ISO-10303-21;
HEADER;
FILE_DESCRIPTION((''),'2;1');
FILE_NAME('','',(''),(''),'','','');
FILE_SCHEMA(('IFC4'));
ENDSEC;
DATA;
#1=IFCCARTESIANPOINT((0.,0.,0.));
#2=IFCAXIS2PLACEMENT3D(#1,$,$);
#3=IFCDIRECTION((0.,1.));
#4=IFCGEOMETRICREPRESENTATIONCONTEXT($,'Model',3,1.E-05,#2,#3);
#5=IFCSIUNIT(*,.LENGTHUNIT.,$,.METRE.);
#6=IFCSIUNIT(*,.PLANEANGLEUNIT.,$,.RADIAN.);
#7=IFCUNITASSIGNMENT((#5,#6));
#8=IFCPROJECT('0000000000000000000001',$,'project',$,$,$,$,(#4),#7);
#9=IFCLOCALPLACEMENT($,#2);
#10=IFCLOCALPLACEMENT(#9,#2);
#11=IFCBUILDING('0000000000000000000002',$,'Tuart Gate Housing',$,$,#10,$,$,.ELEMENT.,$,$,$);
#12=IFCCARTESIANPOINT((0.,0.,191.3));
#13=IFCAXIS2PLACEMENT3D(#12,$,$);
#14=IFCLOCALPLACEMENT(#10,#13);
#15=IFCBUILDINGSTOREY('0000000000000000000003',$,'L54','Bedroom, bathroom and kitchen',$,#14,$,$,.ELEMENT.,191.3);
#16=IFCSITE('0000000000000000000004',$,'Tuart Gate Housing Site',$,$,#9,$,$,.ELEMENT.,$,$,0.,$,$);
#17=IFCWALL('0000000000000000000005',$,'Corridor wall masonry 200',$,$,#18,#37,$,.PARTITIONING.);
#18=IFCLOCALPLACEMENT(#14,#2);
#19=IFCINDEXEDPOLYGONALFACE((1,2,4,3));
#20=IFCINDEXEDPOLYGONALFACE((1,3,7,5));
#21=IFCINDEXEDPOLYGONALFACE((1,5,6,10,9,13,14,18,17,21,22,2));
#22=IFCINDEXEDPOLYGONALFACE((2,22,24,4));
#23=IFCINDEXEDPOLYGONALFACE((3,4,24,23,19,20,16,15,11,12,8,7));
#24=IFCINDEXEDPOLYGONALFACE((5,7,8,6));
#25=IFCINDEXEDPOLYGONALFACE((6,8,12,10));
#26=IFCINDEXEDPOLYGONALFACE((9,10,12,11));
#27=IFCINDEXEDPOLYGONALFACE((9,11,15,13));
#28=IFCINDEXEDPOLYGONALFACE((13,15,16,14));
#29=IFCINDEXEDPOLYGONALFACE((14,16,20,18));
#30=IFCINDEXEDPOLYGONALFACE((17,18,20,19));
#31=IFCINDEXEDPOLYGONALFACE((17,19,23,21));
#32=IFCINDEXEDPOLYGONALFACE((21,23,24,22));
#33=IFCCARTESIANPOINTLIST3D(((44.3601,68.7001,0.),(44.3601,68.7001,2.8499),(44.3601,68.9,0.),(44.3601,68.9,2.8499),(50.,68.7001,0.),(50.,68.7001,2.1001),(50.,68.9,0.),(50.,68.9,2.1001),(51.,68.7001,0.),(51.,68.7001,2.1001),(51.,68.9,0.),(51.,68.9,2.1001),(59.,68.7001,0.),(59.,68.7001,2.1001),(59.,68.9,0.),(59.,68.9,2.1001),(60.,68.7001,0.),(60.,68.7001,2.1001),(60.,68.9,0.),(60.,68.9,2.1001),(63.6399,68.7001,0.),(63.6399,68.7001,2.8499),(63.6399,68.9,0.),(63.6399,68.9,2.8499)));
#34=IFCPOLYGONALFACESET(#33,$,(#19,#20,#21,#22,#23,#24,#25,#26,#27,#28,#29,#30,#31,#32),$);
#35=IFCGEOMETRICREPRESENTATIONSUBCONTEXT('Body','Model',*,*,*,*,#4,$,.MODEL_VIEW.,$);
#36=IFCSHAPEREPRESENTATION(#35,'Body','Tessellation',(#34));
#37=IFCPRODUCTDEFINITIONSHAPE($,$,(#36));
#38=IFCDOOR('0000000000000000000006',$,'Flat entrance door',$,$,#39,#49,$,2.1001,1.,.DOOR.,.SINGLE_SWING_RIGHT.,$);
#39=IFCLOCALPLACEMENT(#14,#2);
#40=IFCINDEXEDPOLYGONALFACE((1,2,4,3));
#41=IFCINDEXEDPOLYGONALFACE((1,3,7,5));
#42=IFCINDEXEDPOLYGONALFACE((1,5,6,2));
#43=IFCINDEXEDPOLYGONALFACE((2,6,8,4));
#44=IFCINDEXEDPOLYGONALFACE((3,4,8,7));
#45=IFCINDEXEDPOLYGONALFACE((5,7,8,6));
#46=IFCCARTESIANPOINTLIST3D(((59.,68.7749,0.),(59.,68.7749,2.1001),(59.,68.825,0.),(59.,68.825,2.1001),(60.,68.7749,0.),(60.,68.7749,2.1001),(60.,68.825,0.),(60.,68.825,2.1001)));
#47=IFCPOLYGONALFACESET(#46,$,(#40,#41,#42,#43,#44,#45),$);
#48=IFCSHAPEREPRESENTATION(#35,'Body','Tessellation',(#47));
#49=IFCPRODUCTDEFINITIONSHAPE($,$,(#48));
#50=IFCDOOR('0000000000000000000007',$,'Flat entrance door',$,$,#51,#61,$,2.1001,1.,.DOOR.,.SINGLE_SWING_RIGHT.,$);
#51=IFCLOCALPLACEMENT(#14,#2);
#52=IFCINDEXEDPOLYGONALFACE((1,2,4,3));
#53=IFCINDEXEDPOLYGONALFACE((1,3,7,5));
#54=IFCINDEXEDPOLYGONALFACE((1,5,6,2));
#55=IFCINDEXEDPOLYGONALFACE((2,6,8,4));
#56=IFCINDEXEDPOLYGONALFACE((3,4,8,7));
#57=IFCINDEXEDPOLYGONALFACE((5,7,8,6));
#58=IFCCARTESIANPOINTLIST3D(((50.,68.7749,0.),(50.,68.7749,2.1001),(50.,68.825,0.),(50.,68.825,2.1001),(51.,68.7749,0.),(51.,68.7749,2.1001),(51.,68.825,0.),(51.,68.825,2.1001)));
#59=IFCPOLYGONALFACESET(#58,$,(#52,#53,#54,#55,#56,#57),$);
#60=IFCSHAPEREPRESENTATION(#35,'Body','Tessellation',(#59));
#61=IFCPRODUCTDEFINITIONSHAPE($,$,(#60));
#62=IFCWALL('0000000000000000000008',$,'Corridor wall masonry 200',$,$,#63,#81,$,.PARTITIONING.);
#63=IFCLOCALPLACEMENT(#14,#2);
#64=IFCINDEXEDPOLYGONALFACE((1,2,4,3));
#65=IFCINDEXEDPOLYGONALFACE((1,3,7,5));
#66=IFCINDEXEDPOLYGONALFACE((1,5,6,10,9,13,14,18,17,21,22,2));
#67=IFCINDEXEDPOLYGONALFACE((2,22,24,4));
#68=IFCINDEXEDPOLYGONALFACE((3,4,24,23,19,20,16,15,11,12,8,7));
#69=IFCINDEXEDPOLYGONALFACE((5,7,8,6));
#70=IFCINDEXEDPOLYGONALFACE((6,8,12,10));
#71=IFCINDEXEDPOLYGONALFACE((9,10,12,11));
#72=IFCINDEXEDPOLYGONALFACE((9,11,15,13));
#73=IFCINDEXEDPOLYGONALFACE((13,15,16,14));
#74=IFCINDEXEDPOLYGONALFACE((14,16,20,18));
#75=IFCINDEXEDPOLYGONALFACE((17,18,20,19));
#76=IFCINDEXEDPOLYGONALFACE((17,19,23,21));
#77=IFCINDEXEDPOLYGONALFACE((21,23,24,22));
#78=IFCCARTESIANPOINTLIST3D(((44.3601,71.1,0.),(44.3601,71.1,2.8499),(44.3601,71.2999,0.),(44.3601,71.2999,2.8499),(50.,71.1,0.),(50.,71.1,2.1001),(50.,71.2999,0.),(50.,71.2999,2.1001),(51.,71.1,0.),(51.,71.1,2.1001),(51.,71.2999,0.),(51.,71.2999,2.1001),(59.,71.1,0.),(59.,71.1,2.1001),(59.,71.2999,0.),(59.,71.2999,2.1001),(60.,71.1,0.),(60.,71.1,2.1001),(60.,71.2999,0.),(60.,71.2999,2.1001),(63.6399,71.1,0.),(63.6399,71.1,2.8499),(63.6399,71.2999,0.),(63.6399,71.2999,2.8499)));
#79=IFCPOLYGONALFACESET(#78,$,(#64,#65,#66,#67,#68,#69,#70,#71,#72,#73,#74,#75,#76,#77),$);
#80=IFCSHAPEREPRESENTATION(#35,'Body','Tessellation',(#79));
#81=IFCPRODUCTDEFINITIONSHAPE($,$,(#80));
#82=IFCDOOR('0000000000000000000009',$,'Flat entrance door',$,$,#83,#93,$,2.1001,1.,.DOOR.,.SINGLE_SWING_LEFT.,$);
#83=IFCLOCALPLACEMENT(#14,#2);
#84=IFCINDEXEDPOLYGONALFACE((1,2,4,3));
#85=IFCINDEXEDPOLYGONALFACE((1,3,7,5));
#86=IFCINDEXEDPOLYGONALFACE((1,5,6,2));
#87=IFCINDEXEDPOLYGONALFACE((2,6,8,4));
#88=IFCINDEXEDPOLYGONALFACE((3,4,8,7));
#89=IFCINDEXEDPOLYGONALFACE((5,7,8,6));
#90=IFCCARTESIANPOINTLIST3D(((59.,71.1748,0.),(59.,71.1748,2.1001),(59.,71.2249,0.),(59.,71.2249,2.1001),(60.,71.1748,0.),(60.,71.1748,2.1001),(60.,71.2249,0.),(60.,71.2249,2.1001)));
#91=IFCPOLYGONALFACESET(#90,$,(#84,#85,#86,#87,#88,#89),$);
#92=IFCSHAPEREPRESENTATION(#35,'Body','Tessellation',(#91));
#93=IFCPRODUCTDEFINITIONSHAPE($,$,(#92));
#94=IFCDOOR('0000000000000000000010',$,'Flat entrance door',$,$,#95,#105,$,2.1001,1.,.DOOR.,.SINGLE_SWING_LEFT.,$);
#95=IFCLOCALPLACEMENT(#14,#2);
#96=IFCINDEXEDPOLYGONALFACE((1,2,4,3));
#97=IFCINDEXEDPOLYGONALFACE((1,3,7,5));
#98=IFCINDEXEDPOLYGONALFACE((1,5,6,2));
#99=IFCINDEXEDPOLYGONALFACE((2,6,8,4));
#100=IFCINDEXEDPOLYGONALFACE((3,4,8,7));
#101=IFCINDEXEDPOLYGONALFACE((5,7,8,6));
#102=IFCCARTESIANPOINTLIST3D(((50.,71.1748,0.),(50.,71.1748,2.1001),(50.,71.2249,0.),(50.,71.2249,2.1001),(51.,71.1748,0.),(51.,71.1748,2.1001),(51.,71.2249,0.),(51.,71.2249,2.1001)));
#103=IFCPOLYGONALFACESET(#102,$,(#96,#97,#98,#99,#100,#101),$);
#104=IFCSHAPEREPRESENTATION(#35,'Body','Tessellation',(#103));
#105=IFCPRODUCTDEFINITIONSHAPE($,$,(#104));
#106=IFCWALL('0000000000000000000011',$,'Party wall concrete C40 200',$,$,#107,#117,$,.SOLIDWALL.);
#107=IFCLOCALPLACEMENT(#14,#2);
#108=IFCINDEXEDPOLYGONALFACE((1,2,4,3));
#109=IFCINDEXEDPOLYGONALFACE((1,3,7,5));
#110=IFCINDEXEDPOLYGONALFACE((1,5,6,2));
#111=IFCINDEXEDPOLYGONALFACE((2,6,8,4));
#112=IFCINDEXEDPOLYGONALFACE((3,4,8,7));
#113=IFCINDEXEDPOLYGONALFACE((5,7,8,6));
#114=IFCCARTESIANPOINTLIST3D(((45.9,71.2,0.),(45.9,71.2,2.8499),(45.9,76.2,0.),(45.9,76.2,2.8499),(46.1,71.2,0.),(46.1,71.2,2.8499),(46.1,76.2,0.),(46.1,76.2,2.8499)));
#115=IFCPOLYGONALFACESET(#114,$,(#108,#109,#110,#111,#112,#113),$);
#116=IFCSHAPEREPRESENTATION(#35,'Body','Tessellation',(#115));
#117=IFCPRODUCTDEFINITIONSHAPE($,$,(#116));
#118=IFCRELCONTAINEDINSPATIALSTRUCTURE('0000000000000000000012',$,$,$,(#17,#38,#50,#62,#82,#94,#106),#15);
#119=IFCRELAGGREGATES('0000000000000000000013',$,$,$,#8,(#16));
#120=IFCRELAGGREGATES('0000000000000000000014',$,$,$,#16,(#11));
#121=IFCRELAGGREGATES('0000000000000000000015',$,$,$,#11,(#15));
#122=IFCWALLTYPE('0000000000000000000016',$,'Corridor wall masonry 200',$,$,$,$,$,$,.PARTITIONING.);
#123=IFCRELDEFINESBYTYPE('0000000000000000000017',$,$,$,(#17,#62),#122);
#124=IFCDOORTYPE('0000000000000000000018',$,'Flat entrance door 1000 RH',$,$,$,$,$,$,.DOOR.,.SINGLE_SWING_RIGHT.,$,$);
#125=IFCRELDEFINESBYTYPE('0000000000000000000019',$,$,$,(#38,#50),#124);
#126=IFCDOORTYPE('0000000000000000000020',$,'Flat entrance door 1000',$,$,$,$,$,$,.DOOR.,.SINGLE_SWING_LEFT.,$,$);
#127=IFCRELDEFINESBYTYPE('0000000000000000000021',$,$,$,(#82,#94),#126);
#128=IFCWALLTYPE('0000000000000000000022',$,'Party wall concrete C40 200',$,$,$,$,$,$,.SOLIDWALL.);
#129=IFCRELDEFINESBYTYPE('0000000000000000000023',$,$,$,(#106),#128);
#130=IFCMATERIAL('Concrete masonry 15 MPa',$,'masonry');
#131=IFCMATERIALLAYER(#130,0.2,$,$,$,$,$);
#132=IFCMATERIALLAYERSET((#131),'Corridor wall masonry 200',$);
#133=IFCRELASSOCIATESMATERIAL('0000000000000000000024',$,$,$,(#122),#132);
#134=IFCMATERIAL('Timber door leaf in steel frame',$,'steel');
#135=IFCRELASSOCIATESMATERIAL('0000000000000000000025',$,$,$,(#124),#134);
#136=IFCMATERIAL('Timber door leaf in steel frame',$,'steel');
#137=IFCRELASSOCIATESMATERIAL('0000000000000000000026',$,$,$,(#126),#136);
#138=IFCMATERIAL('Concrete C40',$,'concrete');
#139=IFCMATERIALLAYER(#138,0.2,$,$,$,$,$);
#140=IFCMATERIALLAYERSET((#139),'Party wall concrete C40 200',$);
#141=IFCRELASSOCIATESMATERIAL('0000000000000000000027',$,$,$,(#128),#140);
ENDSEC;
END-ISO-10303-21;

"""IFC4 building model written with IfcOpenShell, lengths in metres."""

from ifc_helpers import new_model, si_unit, direction, frame, frame_2d, origin, place, context, subcontext, project, spatial, rectangle, extrude, material, layer, layer_set, type_object, element, fill, save


model = new_model("IFC4")

# Units and contexts
model_context = context("Model", 3, precision=1e-05, world=origin(), true_north=direction((0.0, 1.0)))
body_context = subcontext(model_context, "Body", "Model", "MODEL_VIEW")
ifc_project = project(units=[si_unit("LENGTHUNIT", "METRE"), si_unit("PLANEANGLEUNIT", "RADIAN")], contexts=[model_context])

# Site, building, storey
site_placement = place(None, origin())
site = spatial("IfcSite", under=ifc_project, at=site_placement, Name="Tuart Gate Housing Site", CompositionType="ELEMENT", RefElevation=0.0)
building_placement = place(site_placement, origin())
building = spatial("IfcBuilding", under=site, at=building_placement, Name="Tuart Gate Housing", CompositionType="ELEMENT")
storey_placement = place(building_placement, frame((0.0, 0.0, 191.3)))
storey = spatial("IfcBuildingStorey", under=building, at=storey_placement, Name="L54", Description="Bedroom, bathroom and kitchen", CompositionType="ELEMENT", Elevation=191.3)

# Walls, openings, doors
ifc_material_1 = material(Name="Concrete masonry 15 MPa", Category="masonry")
ifc_layer_1 = layer(ifc_material_1, 0.2)
ifc_layer_set_1 = layer_set([ifc_layer_1], Name="Corridor wall masonry 200")
wall_type_1 = type_object("IfcWallType", Name="Corridor wall masonry 200", PredefinedType="PARTITIONING", material=ifc_layer_set_1)
wall_1_placement = place(storey_placement, frame((44.3601, 68.8, 0.0), z_axis=(0.0, 0.0, 1.0), x_axis=(1.0, 0.0, 0.0)))
wall_1 = element("IfcWall", 1, at=wall_1_placement, inside=storey, type_object=wall_type_1, Name="Corridor wall masonry 200", PredefinedType="PARTITIONING", context=body_context, shape_type="SweptSolid", body=[
    extrude(rectangle(XDim=19.2798, YDim=0.2, at=frame_2d((9.6399, 0.0))), origin(), (0.0, 0.0, 1.0), 2.8499),
])
opening_1_placement = place(wall_1_placement, frame((14.6399, 0.0, 0.0)))
opening_1 = element("IfcOpeningElement", 2, at=opening_1_placement, cuts=wall_1, PredefinedType="OPENING", context=body_context, shape_type="SweptSolid", body=[
    extrude(rectangle(XDim=1.0, YDim=2.1001, at=frame_2d((0.5, 1.05))), frame((0.0, 0.1099, 0.0), z_axis=(0.0, -1.0, 0.0), x_axis=(1.0, 0.0, 0.0)), (0.0, 0.0, 1.0), 0.22),
])
opening_2_placement = place(wall_1_placement, frame((5.6399, 0.0, 0.0)))
opening_2 = element("IfcOpeningElement", 3, at=opening_2_placement, cuts=wall_1, PredefinedType="OPENING", context=body_context, shape_type="SweptSolid", body=[
    extrude(rectangle(XDim=1.0, YDim=2.1001, at=frame_2d((0.5, 1.05))), frame((0.0, 0.1099, 0.0), z_axis=(0.0, -1.0, 0.0), x_axis=(1.0, 0.0, 0.0)), (0.0, 0.0, 1.0), 0.22),
])
ifc_material_2 = material(Name="Timber door leaf in steel frame", Category="steel")
door_type_1 = type_object("IfcDoorType", Name="Flat entrance door 1000 RH", OperationType="SINGLE_SWING_RIGHT", PredefinedType="DOOR", material=ifc_material_2)
door_1_placement = place(opening_1_placement, frame((1.0, 0.0, 0.0), z_axis=(0.0, 0.0, 1.0), x_axis=(-1.0, 0.0, 0.0)))
door_1 = element("IfcDoor", 4, at=door_1_placement, inside=storey, type_object=door_type_1, Name="Flat entrance door", OperationType="SINGLE_SWING_RIGHT", OverallHeight=2.1001, OverallWidth=1.0, PredefinedType="DOOR", context=body_context, shape_type="SweptSolid", body=[
    extrude(rectangle(XDim=1.0, YDim=2.1001, at=frame_2d((0.5, 1.05))), frame((0.0, 0.0251, 0.0), z_axis=(0.0, -1.0, 0.0), x_axis=(1.0, 0.0, 0.0)), (0.0, 0.0, 1.0), 0.05),
])
fill(opening_1, door_1)
door_2_placement = place(opening_2_placement, frame((1.0, 0.0, 0.0), z_axis=(0.0, 0.0, 1.0), x_axis=(-1.0, 0.0, 0.0)))
door_2 = element("IfcDoor", 5, at=door_2_placement, inside=storey, type_object=door_type_1, Name="Flat entrance door", OperationType="SINGLE_SWING_RIGHT", OverallHeight=2.1001, OverallWidth=1.0, PredefinedType="DOOR", context=body_context, shape_type="SweptSolid", body=[
    extrude(rectangle(XDim=1.0, YDim=2.1001, at=frame_2d((0.5, 1.05))), frame((0.0, 0.0251, 0.0), z_axis=(0.0, -1.0, 0.0), x_axis=(1.0, 0.0, 0.0)), (0.0, 0.0, 1.0), 0.05),
])
fill(opening_2, door_2)
wall_2_placement = place(storey_placement, frame((44.3601, 71.2, 0.0), z_axis=(0.0, 0.0, 1.0), x_axis=(1.0, 0.0, 0.0)))
wall_2 = element("IfcWall", 6, at=wall_2_placement, inside=storey, type_object=wall_type_1, Name="Corridor wall masonry 200", PredefinedType="PARTITIONING", context=body_context, shape_type="SweptSolid", body=[
    extrude(rectangle(XDim=19.2798, YDim=0.2, at=frame_2d((9.6399, 0.0))), origin(), (0.0, 0.0, 1.0), 2.8499),
])
opening_3_placement = place(wall_2_placement, frame((14.6399, 0.0, 0.0)))
opening_3 = element("IfcOpeningElement", 7, at=opening_3_placement, cuts=wall_2, PredefinedType="OPENING", context=body_context, shape_type="SweptSolid", body=[
    extrude(rectangle(XDim=1.0, YDim=2.1001, at=frame_2d((0.5, 1.05))), frame((0.0, 0.1099, 0.0), z_axis=(0.0, -1.0, 0.0), x_axis=(1.0, 0.0, 0.0)), (0.0, 0.0, 1.0), 0.22),
])
opening_4_placement = place(wall_2_placement, frame((5.6399, 0.0, 0.0)))
opening_4 = element("IfcOpeningElement", 8, at=opening_4_placement, cuts=wall_2, PredefinedType="OPENING", context=body_context, shape_type="SweptSolid", body=[
    extrude(rectangle(XDim=1.0, YDim=2.1001, at=frame_2d((0.5, 1.05))), frame((0.0, 0.1099, 0.0), z_axis=(0.0, -1.0, 0.0), x_axis=(1.0, 0.0, 0.0)), (0.0, 0.0, 1.0), 0.22),
])
ifc_material_3 = material(Name="Timber door leaf in steel frame", Category="steel")
door_type_2 = type_object("IfcDoorType", Name="Flat entrance door 1000", OperationType="SINGLE_SWING_LEFT", PredefinedType="DOOR", material=ifc_material_3)
door_3_placement = place(opening_3_placement, origin())
door_3 = element("IfcDoor", 9, at=door_3_placement, inside=storey, type_object=door_type_2, Name="Flat entrance door", OperationType="SINGLE_SWING_LEFT", OverallHeight=2.1001, OverallWidth=1.0, PredefinedType="DOOR", context=body_context, shape_type="SweptSolid", body=[
    extrude(rectangle(XDim=1.0, YDim=2.1001, at=frame_2d((0.5, 1.05))), frame((0.0, 0.0249, 0.0), z_axis=(0.0, -1.0, 0.0), x_axis=(1.0, 0.0, 0.0)), (0.0, 0.0, 1.0), 0.05),
])
fill(opening_3, door_3)
door_4_placement = place(opening_4_placement, origin())
door_4 = element("IfcDoor", 10, at=door_4_placement, inside=storey, type_object=door_type_2, Name="Flat entrance door", OperationType="SINGLE_SWING_LEFT", OverallHeight=2.1001, OverallWidth=1.0, PredefinedType="DOOR", context=body_context, shape_type="SweptSolid", body=[
    extrude(rectangle(XDim=1.0, YDim=2.1001, at=frame_2d((0.5, 1.05))), frame((0.0, 0.0249, 0.0), z_axis=(0.0, -1.0, 0.0), x_axis=(1.0, 0.0, 0.0)), (0.0, 0.0, 1.0), 0.05),
])
fill(opening_4, door_4)

# Wall
ifc_material_4 = material(Name="Concrete C40", Category="concrete")
ifc_layer_2 = layer(ifc_material_4, 0.2)
ifc_layer_set_2 = layer_set([ifc_layer_2], Name="Party wall concrete C40 200")
wall_type_2 = type_object("IfcWallType", Name="Party wall concrete C40 200", PredefinedType="SOLIDWALL", material=ifc_layer_set_2)
wall_3_placement = place(storey_placement, frame((46.0, 71.2, 0.0), z_axis=(0.0, 0.0, 1.0), x_axis=(0.0, 1.0, 0.0)))
element("IfcWall", 11, at=wall_3_placement, inside=storey, type_object=wall_type_2, Name="Party wall concrete C40 200", PredefinedType="SOLIDWALL", context=body_context, shape_type="SweptSolid", body=[
    extrude(rectangle(XDim=5.0, YDim=0.2, at=frame_2d((2.5, 0.0))), origin(), (0.0, 0.0, 1.0), 2.8499),
])

save(model, "model.ifc")
